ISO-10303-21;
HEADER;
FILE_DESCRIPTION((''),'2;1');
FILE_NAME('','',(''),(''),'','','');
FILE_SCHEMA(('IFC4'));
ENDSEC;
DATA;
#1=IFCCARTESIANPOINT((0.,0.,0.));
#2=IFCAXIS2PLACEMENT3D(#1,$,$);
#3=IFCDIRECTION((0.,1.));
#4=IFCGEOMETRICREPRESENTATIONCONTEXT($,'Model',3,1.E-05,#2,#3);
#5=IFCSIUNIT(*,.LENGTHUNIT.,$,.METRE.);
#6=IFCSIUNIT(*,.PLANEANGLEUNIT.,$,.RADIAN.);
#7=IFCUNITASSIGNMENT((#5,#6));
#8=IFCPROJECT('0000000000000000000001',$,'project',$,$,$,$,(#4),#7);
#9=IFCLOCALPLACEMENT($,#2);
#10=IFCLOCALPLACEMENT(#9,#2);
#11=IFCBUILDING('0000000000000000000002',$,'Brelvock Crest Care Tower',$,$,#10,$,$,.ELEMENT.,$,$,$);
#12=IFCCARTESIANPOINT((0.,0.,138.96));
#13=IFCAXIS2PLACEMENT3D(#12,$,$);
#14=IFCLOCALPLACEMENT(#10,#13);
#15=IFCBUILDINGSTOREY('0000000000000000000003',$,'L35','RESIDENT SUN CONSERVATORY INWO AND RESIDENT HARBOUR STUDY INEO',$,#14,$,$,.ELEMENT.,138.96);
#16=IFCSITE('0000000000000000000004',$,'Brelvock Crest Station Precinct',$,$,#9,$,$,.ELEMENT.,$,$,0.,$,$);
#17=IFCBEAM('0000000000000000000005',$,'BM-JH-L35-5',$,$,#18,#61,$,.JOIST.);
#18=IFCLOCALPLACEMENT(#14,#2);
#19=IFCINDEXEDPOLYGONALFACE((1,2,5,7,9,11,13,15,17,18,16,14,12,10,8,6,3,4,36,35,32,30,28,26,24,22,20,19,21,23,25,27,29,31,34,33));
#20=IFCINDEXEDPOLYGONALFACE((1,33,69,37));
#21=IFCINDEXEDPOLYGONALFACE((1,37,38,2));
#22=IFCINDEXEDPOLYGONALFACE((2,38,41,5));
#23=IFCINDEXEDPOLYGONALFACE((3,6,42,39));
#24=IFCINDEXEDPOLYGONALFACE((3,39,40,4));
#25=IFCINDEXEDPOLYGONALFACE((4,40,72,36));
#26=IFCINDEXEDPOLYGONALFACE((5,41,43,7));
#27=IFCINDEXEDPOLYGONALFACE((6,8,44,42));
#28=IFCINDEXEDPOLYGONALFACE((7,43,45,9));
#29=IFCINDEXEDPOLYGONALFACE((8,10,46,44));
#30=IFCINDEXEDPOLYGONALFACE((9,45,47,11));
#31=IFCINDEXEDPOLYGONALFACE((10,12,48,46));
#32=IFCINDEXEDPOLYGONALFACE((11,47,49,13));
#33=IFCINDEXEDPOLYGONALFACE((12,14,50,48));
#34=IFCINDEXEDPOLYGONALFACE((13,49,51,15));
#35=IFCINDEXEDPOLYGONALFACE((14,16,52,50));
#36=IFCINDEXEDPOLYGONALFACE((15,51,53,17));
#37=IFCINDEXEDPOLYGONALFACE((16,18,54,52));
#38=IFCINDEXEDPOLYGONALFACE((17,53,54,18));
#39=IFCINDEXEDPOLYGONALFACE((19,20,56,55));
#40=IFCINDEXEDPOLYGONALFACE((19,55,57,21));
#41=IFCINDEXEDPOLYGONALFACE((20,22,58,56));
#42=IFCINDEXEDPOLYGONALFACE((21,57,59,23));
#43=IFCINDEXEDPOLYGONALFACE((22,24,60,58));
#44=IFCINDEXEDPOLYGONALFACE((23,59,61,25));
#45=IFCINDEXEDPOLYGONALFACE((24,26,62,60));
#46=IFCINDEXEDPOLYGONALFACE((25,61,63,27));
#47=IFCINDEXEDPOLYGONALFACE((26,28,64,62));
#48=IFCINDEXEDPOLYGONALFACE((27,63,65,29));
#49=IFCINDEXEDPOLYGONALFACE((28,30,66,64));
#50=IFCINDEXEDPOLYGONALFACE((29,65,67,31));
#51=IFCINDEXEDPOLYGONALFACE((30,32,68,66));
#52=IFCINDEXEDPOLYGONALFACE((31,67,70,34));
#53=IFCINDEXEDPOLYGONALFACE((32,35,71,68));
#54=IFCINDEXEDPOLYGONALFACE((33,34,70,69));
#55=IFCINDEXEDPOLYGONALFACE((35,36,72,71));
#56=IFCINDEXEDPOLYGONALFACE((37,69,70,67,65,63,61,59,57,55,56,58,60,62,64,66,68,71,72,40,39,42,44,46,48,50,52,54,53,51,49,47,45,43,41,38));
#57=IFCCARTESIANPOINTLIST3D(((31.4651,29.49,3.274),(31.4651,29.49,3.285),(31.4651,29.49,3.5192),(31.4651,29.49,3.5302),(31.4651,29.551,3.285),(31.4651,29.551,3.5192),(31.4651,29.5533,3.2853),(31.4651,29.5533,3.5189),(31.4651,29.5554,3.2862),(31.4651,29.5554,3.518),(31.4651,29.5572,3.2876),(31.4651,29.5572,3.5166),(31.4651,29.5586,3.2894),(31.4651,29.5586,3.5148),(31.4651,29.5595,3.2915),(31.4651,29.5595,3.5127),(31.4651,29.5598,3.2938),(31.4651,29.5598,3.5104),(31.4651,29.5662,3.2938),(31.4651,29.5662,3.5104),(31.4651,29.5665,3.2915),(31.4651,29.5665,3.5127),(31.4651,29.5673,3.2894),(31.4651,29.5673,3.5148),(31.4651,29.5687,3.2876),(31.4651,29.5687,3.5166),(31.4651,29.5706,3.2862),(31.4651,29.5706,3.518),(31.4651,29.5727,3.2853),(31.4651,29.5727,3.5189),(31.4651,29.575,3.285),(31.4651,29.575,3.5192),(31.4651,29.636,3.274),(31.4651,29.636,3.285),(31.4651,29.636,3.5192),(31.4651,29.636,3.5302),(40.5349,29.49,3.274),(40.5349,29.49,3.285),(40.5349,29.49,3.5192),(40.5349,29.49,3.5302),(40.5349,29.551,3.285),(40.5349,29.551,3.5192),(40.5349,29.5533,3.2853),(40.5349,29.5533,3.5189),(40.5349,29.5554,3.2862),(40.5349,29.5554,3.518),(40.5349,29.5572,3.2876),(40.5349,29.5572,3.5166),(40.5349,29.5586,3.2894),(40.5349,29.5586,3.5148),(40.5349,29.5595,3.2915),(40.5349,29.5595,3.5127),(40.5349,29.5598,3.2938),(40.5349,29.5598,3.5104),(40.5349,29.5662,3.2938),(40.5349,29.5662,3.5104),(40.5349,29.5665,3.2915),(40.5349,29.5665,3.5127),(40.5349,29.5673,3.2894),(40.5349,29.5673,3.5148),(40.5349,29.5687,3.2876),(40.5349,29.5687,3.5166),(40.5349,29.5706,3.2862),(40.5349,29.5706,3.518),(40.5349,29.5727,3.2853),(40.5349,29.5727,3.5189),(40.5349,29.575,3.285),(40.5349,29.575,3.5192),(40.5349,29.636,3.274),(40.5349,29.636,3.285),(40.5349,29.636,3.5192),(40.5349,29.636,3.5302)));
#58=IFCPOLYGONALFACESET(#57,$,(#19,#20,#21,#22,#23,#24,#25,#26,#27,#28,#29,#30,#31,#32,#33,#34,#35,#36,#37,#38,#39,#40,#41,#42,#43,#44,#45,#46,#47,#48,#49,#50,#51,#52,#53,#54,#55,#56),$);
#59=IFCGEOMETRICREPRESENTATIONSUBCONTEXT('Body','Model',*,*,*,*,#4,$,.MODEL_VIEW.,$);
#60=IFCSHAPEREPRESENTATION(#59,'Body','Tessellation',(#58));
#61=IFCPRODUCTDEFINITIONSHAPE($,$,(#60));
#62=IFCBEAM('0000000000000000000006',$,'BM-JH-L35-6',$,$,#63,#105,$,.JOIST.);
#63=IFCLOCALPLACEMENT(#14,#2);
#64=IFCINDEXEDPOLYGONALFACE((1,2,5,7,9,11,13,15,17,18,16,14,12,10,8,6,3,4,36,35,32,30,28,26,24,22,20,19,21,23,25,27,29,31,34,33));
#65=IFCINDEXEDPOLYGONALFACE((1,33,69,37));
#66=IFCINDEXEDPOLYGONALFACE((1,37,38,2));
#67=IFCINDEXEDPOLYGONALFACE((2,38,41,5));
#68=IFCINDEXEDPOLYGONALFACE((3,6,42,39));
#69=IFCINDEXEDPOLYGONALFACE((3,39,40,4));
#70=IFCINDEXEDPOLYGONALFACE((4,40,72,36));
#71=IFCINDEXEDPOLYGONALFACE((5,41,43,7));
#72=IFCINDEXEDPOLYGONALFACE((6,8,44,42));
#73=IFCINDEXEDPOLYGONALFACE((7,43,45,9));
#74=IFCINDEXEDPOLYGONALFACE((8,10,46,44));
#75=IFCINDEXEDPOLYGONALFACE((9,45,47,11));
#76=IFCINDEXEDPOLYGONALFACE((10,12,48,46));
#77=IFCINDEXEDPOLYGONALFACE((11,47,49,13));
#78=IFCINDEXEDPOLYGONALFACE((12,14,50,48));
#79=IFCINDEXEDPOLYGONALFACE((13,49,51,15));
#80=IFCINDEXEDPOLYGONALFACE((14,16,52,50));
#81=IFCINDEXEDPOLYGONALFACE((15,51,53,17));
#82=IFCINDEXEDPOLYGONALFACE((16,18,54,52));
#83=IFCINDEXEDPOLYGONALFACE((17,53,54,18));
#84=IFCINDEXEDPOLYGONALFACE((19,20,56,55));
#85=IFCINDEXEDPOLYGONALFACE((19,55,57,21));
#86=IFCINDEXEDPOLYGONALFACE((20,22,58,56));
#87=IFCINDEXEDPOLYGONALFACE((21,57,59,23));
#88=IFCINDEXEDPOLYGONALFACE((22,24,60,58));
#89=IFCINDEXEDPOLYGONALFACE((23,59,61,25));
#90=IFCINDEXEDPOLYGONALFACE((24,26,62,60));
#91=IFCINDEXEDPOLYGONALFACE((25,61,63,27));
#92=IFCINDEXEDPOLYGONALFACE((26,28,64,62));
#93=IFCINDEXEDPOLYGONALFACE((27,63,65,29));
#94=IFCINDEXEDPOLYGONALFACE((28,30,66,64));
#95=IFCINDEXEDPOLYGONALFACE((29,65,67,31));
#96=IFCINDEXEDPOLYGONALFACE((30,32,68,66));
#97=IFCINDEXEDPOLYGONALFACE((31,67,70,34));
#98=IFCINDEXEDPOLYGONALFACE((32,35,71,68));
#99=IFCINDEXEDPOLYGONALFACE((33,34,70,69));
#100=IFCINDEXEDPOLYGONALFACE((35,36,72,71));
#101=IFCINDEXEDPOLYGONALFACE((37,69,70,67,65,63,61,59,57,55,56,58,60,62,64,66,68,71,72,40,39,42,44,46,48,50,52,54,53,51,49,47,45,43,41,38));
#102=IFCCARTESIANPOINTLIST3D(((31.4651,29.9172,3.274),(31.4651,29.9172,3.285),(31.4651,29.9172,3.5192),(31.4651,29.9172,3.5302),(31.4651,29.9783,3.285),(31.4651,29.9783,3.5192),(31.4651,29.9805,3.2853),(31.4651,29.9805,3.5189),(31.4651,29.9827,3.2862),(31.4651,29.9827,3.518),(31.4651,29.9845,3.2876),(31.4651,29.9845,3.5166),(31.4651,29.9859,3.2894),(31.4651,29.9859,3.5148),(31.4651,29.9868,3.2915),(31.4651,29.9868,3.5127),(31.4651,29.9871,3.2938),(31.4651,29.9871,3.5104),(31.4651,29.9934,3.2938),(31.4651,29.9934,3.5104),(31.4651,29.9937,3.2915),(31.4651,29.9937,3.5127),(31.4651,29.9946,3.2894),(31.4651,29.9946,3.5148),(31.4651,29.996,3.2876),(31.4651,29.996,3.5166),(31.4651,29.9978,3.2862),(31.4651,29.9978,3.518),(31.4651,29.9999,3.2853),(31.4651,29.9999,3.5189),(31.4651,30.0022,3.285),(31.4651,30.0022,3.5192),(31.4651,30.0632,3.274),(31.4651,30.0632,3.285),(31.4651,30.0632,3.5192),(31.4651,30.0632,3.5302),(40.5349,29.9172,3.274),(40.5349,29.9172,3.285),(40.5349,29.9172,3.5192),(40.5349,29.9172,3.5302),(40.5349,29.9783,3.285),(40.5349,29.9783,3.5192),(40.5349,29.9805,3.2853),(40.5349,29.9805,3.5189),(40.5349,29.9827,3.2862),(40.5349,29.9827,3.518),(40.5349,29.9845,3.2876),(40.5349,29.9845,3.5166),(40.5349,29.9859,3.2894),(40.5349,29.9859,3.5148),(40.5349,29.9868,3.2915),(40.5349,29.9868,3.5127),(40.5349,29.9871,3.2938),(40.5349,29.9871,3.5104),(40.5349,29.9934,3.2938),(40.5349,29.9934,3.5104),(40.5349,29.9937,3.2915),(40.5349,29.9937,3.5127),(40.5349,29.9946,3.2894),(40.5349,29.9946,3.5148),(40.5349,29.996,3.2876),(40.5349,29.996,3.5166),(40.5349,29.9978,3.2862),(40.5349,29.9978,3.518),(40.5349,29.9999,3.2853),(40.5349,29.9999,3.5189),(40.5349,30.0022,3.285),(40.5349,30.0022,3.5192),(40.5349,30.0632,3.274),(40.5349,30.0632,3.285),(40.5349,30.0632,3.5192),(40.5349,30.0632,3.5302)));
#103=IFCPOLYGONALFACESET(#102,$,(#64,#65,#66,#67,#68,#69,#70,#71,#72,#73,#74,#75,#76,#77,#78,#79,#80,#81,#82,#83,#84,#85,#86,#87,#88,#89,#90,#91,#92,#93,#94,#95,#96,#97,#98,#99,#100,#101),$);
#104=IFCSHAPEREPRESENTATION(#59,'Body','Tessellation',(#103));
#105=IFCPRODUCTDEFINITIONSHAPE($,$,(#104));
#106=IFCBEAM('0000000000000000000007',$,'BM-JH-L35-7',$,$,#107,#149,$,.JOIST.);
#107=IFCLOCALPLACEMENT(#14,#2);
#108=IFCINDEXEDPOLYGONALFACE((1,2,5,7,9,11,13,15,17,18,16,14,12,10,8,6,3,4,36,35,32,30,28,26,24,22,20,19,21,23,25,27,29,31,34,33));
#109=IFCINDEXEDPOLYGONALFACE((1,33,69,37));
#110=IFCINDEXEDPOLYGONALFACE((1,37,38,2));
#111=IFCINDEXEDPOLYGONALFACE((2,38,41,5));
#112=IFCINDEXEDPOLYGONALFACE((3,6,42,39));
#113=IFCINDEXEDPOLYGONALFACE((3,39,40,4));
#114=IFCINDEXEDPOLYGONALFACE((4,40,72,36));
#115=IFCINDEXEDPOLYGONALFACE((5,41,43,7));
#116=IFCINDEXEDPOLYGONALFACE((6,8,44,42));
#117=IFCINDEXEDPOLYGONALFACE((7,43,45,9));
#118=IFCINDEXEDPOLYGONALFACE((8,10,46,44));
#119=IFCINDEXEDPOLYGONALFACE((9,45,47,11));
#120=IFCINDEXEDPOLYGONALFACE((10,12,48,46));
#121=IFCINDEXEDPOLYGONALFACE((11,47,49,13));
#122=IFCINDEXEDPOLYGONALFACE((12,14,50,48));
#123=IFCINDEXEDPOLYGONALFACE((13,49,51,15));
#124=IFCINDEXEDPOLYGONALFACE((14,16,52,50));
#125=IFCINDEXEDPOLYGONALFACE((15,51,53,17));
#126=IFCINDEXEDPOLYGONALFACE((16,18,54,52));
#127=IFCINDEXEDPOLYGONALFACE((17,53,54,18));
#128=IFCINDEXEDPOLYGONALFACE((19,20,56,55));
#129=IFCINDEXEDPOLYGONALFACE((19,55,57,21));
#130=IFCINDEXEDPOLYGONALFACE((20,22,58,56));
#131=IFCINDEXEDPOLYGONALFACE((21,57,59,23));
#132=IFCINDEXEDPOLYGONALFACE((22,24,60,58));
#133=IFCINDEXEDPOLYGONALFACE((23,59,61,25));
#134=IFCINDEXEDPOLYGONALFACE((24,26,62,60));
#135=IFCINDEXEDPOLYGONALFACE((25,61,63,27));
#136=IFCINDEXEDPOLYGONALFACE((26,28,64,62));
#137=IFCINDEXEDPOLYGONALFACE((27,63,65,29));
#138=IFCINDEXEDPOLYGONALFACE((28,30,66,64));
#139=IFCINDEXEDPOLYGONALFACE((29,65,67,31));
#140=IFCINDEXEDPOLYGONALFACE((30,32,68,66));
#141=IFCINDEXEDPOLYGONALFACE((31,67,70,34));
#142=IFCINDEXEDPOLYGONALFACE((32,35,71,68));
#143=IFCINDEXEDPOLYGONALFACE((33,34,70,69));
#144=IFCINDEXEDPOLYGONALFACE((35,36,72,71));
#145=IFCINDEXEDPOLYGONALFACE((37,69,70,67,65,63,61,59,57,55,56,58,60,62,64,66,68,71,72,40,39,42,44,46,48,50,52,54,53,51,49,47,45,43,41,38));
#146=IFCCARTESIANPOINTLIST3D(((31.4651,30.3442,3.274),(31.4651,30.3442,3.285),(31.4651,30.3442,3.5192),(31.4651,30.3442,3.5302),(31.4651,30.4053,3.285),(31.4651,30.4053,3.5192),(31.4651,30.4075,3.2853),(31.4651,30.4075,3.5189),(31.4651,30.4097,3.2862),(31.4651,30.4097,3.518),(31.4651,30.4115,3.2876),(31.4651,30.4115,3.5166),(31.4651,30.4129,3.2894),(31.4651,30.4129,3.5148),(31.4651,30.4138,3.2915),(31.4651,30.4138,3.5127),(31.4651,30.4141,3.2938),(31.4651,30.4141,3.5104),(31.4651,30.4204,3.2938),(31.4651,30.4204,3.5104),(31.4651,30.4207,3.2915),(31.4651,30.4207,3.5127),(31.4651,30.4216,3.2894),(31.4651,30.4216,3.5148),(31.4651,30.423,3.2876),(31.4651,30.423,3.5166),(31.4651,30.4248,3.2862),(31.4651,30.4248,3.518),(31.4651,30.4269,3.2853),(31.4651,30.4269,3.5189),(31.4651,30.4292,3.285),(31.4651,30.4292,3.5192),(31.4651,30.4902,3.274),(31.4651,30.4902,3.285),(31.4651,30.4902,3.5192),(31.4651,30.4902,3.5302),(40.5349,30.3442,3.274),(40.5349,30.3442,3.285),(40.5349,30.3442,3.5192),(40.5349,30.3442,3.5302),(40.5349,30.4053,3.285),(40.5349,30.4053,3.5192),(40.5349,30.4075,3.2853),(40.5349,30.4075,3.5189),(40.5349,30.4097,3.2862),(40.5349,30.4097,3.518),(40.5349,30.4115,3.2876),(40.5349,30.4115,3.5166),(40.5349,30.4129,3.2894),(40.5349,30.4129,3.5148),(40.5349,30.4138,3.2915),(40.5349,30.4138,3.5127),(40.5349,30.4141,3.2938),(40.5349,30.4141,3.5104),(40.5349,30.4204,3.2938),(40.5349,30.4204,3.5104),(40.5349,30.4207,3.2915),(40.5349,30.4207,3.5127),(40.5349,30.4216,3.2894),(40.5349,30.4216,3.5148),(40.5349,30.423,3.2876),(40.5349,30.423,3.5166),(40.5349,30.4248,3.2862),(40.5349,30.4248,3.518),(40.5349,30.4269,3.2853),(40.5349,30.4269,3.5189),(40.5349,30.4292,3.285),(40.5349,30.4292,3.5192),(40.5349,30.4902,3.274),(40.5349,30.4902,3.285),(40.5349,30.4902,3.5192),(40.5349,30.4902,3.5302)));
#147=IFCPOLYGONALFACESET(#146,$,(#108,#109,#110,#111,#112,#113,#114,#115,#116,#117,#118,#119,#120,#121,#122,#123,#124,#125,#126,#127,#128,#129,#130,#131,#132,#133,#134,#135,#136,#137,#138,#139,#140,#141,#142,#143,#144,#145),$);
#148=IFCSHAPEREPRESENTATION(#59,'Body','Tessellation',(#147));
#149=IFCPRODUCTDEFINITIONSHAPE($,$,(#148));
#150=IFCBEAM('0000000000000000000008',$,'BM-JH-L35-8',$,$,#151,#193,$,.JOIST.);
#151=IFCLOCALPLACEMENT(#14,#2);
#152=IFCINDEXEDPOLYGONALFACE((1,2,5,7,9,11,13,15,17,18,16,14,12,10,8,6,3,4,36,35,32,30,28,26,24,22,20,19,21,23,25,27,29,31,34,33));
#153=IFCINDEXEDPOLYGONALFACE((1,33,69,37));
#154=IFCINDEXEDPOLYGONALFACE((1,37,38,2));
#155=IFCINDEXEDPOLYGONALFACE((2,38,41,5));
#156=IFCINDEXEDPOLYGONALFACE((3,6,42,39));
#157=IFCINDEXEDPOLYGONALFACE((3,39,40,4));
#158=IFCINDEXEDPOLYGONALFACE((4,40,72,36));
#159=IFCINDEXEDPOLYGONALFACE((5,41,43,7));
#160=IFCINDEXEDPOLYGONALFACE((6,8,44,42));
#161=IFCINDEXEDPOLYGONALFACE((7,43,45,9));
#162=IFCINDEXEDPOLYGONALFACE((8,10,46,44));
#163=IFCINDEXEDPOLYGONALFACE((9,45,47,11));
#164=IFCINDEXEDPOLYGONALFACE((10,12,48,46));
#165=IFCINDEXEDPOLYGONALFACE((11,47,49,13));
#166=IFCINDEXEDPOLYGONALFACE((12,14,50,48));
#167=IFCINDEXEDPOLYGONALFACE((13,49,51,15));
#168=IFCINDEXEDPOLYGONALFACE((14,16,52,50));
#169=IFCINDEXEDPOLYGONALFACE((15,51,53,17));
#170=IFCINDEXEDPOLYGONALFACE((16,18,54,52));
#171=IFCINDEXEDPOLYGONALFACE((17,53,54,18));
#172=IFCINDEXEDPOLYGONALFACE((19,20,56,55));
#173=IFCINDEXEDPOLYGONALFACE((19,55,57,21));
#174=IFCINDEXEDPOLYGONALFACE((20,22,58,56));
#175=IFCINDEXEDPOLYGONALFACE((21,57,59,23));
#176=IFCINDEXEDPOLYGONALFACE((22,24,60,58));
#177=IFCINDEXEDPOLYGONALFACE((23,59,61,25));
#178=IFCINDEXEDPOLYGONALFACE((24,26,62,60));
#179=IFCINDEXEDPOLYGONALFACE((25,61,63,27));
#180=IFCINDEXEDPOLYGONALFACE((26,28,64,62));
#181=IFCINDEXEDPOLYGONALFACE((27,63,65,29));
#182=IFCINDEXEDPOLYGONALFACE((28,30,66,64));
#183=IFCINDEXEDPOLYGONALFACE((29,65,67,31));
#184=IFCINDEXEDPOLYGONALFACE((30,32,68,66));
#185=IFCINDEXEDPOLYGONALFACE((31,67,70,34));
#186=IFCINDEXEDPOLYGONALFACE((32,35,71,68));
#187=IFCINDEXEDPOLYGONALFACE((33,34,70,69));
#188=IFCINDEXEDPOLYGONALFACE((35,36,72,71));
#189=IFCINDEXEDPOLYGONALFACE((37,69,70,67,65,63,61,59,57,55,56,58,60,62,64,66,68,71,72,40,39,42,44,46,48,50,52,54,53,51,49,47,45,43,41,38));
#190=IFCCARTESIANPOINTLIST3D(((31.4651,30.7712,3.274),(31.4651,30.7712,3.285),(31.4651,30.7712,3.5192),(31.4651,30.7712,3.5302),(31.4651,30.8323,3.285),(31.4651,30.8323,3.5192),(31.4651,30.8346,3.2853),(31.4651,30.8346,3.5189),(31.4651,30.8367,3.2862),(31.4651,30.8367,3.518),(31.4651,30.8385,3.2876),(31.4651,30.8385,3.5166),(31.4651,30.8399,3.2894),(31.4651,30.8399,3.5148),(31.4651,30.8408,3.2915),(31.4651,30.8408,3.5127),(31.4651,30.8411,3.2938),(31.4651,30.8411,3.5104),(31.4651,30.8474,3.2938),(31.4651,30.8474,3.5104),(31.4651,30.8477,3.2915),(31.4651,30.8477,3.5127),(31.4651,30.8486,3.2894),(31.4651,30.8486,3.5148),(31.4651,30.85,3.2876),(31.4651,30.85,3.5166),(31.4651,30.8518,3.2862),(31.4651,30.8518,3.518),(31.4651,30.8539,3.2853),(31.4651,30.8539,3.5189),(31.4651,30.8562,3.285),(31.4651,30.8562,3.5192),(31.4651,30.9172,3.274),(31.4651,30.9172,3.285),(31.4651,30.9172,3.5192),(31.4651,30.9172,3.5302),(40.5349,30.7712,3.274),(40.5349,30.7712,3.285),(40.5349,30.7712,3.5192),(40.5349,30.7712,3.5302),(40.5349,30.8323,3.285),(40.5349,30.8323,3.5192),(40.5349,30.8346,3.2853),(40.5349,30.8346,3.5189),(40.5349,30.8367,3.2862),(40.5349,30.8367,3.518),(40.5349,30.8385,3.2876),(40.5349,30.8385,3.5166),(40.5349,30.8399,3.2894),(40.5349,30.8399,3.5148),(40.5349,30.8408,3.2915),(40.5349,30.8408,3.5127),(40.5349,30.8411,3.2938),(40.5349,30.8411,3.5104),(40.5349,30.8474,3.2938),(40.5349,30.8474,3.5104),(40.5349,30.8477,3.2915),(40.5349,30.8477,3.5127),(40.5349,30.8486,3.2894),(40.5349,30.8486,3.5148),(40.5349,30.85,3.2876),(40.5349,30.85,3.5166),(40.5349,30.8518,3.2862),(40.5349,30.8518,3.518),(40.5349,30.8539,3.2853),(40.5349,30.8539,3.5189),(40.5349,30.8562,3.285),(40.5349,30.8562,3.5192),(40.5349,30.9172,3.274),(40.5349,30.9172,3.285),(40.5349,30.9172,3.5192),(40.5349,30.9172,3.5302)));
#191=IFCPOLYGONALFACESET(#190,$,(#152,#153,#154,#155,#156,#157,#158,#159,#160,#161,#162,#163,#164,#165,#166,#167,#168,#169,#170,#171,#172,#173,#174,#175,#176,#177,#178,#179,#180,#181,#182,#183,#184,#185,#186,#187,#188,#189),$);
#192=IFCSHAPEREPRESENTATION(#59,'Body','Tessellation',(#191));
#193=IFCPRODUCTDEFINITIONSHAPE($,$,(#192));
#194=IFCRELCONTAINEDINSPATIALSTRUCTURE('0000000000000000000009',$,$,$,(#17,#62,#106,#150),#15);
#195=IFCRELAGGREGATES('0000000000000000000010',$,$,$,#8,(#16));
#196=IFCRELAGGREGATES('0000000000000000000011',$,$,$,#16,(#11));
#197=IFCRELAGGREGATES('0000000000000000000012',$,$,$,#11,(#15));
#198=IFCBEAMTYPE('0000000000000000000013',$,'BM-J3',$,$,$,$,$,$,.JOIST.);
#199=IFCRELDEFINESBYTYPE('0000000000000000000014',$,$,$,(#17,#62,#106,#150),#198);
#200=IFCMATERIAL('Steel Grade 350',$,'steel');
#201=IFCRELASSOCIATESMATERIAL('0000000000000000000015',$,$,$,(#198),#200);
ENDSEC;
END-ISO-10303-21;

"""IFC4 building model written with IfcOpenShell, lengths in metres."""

from ifc_helpers import new_model, si_unit, direction, frame, origin, origin_2d, place, context, subcontext, project, spatial, i_section, extrude, source, transform, mapped, material, material_profile, profile_set, type_object, element, save


model = new_model("IFC4")

# Units and contexts
model_context = context("Model", 3, precision=1e-05, world=origin(), true_north=direction((0.0, 1.0)))
body_context = subcontext(model_context, "Body", "Model", "MODEL_VIEW")
ifc_project = project(units=[si_unit("LENGTHUNIT", "METRE"), si_unit("PLANEANGLEUNIT", "RADIAN")], contexts=[model_context])

# Site, building, storey
site_placement = place(None, origin())
site = spatial("IfcSite", under=ifc_project, at=site_placement, Name="Brelvock Crest Station Precinct", CompositionType="ELEMENT", RefElevation=0.0)
building_placement = place(site_placement, origin())
building = spatial("IfcBuilding", under=site, at=building_placement, Name="Brelvock Crest Care Tower", CompositionType="ELEMENT")
storey_placement = place(building_placement, frame((0.0, 0.0, 138.96)))
storey = spatial("IfcBuildingStorey", under=building, at=storey_placement, Name="L35", Description="RESIDENT SUN CONSERVATORY INWO AND RESIDENT HARBOUR STUDY INEO", CompositionType="ELEMENT", Elevation=138.96)

# Shared definitions
ifc_material_1 = material(Name="Steel Grade 350", Category="steel")

# Beams
ifc_material_profile_1 = material_profile(ifc_material_1, i_section(OverallWidth=0.146, OverallDepth=0.2561, WebThickness=0.0063, FlangeThickness=0.011, FilletRadius=0.0088, at=origin_2d()), Name="250UB37.3")
ifc_profile_set_1 = profile_set([ifc_material_profile_1], Name="Steel Grade 350")
beam_type_1 = type_object("IfcBeamType", Name="BM-J3", PredefinedType="JOIST", material=ifc_profile_set_1)
shared_shape_1 = source(origin(), body_context, "Body", "SweptSolid", [
    extrude(i_section(OverallWidth=0.146, OverallDepth=0.2561, WebThickness=0.0063, FlangeThickness=0.011, FilletRadius=0.0088, at=origin_2d()), origin(), (0.0, 0.0, 1.0), 9.0698),
])
for number, where, z_axis, x_axis, name in (
    (1, (31.4651, 29.563, 3.4021), (1.0, 0.0, 0.0), (0.0, 1.0, 0.0), "BM-JH-L35-5"),
    (2, (31.4651, 29.9902, 3.4021), (1.0, 0.0, 0.0), (0.0, 1.0, 0.0), "BM-JH-L35-6"),
    (3, (31.4651, 30.4172, 3.4021), (1.0, 0.0, 0.0), (0.0, 1.0, 0.0), "BM-JH-L35-7"),
    (4, (31.4651, 30.8442, 3.4021), (1.0, 0.0, 0.0), (0.0, 1.0, 0.0), "BM-JH-L35-8"),
):
    element("IfcBeam", number, at=place(storey_placement, frame(where, z_axis=z_axis, x_axis=x_axis)), inside=storey, type_object=beam_type_1, Name=name, PredefinedType="JOIST", context=body_context, shape_type="MappedRepresentation", body=[
        mapped(shared_shape_1, transform((0.0, 0.0, 0.0), x_axis=(1.0, 0.0, 0.0), y_axis=(0.0, 1.0, 0.0), z_axis=(0.0, 0.0, 1.0), scale=1.0)),
    ])

save(model, "model.ifc")
